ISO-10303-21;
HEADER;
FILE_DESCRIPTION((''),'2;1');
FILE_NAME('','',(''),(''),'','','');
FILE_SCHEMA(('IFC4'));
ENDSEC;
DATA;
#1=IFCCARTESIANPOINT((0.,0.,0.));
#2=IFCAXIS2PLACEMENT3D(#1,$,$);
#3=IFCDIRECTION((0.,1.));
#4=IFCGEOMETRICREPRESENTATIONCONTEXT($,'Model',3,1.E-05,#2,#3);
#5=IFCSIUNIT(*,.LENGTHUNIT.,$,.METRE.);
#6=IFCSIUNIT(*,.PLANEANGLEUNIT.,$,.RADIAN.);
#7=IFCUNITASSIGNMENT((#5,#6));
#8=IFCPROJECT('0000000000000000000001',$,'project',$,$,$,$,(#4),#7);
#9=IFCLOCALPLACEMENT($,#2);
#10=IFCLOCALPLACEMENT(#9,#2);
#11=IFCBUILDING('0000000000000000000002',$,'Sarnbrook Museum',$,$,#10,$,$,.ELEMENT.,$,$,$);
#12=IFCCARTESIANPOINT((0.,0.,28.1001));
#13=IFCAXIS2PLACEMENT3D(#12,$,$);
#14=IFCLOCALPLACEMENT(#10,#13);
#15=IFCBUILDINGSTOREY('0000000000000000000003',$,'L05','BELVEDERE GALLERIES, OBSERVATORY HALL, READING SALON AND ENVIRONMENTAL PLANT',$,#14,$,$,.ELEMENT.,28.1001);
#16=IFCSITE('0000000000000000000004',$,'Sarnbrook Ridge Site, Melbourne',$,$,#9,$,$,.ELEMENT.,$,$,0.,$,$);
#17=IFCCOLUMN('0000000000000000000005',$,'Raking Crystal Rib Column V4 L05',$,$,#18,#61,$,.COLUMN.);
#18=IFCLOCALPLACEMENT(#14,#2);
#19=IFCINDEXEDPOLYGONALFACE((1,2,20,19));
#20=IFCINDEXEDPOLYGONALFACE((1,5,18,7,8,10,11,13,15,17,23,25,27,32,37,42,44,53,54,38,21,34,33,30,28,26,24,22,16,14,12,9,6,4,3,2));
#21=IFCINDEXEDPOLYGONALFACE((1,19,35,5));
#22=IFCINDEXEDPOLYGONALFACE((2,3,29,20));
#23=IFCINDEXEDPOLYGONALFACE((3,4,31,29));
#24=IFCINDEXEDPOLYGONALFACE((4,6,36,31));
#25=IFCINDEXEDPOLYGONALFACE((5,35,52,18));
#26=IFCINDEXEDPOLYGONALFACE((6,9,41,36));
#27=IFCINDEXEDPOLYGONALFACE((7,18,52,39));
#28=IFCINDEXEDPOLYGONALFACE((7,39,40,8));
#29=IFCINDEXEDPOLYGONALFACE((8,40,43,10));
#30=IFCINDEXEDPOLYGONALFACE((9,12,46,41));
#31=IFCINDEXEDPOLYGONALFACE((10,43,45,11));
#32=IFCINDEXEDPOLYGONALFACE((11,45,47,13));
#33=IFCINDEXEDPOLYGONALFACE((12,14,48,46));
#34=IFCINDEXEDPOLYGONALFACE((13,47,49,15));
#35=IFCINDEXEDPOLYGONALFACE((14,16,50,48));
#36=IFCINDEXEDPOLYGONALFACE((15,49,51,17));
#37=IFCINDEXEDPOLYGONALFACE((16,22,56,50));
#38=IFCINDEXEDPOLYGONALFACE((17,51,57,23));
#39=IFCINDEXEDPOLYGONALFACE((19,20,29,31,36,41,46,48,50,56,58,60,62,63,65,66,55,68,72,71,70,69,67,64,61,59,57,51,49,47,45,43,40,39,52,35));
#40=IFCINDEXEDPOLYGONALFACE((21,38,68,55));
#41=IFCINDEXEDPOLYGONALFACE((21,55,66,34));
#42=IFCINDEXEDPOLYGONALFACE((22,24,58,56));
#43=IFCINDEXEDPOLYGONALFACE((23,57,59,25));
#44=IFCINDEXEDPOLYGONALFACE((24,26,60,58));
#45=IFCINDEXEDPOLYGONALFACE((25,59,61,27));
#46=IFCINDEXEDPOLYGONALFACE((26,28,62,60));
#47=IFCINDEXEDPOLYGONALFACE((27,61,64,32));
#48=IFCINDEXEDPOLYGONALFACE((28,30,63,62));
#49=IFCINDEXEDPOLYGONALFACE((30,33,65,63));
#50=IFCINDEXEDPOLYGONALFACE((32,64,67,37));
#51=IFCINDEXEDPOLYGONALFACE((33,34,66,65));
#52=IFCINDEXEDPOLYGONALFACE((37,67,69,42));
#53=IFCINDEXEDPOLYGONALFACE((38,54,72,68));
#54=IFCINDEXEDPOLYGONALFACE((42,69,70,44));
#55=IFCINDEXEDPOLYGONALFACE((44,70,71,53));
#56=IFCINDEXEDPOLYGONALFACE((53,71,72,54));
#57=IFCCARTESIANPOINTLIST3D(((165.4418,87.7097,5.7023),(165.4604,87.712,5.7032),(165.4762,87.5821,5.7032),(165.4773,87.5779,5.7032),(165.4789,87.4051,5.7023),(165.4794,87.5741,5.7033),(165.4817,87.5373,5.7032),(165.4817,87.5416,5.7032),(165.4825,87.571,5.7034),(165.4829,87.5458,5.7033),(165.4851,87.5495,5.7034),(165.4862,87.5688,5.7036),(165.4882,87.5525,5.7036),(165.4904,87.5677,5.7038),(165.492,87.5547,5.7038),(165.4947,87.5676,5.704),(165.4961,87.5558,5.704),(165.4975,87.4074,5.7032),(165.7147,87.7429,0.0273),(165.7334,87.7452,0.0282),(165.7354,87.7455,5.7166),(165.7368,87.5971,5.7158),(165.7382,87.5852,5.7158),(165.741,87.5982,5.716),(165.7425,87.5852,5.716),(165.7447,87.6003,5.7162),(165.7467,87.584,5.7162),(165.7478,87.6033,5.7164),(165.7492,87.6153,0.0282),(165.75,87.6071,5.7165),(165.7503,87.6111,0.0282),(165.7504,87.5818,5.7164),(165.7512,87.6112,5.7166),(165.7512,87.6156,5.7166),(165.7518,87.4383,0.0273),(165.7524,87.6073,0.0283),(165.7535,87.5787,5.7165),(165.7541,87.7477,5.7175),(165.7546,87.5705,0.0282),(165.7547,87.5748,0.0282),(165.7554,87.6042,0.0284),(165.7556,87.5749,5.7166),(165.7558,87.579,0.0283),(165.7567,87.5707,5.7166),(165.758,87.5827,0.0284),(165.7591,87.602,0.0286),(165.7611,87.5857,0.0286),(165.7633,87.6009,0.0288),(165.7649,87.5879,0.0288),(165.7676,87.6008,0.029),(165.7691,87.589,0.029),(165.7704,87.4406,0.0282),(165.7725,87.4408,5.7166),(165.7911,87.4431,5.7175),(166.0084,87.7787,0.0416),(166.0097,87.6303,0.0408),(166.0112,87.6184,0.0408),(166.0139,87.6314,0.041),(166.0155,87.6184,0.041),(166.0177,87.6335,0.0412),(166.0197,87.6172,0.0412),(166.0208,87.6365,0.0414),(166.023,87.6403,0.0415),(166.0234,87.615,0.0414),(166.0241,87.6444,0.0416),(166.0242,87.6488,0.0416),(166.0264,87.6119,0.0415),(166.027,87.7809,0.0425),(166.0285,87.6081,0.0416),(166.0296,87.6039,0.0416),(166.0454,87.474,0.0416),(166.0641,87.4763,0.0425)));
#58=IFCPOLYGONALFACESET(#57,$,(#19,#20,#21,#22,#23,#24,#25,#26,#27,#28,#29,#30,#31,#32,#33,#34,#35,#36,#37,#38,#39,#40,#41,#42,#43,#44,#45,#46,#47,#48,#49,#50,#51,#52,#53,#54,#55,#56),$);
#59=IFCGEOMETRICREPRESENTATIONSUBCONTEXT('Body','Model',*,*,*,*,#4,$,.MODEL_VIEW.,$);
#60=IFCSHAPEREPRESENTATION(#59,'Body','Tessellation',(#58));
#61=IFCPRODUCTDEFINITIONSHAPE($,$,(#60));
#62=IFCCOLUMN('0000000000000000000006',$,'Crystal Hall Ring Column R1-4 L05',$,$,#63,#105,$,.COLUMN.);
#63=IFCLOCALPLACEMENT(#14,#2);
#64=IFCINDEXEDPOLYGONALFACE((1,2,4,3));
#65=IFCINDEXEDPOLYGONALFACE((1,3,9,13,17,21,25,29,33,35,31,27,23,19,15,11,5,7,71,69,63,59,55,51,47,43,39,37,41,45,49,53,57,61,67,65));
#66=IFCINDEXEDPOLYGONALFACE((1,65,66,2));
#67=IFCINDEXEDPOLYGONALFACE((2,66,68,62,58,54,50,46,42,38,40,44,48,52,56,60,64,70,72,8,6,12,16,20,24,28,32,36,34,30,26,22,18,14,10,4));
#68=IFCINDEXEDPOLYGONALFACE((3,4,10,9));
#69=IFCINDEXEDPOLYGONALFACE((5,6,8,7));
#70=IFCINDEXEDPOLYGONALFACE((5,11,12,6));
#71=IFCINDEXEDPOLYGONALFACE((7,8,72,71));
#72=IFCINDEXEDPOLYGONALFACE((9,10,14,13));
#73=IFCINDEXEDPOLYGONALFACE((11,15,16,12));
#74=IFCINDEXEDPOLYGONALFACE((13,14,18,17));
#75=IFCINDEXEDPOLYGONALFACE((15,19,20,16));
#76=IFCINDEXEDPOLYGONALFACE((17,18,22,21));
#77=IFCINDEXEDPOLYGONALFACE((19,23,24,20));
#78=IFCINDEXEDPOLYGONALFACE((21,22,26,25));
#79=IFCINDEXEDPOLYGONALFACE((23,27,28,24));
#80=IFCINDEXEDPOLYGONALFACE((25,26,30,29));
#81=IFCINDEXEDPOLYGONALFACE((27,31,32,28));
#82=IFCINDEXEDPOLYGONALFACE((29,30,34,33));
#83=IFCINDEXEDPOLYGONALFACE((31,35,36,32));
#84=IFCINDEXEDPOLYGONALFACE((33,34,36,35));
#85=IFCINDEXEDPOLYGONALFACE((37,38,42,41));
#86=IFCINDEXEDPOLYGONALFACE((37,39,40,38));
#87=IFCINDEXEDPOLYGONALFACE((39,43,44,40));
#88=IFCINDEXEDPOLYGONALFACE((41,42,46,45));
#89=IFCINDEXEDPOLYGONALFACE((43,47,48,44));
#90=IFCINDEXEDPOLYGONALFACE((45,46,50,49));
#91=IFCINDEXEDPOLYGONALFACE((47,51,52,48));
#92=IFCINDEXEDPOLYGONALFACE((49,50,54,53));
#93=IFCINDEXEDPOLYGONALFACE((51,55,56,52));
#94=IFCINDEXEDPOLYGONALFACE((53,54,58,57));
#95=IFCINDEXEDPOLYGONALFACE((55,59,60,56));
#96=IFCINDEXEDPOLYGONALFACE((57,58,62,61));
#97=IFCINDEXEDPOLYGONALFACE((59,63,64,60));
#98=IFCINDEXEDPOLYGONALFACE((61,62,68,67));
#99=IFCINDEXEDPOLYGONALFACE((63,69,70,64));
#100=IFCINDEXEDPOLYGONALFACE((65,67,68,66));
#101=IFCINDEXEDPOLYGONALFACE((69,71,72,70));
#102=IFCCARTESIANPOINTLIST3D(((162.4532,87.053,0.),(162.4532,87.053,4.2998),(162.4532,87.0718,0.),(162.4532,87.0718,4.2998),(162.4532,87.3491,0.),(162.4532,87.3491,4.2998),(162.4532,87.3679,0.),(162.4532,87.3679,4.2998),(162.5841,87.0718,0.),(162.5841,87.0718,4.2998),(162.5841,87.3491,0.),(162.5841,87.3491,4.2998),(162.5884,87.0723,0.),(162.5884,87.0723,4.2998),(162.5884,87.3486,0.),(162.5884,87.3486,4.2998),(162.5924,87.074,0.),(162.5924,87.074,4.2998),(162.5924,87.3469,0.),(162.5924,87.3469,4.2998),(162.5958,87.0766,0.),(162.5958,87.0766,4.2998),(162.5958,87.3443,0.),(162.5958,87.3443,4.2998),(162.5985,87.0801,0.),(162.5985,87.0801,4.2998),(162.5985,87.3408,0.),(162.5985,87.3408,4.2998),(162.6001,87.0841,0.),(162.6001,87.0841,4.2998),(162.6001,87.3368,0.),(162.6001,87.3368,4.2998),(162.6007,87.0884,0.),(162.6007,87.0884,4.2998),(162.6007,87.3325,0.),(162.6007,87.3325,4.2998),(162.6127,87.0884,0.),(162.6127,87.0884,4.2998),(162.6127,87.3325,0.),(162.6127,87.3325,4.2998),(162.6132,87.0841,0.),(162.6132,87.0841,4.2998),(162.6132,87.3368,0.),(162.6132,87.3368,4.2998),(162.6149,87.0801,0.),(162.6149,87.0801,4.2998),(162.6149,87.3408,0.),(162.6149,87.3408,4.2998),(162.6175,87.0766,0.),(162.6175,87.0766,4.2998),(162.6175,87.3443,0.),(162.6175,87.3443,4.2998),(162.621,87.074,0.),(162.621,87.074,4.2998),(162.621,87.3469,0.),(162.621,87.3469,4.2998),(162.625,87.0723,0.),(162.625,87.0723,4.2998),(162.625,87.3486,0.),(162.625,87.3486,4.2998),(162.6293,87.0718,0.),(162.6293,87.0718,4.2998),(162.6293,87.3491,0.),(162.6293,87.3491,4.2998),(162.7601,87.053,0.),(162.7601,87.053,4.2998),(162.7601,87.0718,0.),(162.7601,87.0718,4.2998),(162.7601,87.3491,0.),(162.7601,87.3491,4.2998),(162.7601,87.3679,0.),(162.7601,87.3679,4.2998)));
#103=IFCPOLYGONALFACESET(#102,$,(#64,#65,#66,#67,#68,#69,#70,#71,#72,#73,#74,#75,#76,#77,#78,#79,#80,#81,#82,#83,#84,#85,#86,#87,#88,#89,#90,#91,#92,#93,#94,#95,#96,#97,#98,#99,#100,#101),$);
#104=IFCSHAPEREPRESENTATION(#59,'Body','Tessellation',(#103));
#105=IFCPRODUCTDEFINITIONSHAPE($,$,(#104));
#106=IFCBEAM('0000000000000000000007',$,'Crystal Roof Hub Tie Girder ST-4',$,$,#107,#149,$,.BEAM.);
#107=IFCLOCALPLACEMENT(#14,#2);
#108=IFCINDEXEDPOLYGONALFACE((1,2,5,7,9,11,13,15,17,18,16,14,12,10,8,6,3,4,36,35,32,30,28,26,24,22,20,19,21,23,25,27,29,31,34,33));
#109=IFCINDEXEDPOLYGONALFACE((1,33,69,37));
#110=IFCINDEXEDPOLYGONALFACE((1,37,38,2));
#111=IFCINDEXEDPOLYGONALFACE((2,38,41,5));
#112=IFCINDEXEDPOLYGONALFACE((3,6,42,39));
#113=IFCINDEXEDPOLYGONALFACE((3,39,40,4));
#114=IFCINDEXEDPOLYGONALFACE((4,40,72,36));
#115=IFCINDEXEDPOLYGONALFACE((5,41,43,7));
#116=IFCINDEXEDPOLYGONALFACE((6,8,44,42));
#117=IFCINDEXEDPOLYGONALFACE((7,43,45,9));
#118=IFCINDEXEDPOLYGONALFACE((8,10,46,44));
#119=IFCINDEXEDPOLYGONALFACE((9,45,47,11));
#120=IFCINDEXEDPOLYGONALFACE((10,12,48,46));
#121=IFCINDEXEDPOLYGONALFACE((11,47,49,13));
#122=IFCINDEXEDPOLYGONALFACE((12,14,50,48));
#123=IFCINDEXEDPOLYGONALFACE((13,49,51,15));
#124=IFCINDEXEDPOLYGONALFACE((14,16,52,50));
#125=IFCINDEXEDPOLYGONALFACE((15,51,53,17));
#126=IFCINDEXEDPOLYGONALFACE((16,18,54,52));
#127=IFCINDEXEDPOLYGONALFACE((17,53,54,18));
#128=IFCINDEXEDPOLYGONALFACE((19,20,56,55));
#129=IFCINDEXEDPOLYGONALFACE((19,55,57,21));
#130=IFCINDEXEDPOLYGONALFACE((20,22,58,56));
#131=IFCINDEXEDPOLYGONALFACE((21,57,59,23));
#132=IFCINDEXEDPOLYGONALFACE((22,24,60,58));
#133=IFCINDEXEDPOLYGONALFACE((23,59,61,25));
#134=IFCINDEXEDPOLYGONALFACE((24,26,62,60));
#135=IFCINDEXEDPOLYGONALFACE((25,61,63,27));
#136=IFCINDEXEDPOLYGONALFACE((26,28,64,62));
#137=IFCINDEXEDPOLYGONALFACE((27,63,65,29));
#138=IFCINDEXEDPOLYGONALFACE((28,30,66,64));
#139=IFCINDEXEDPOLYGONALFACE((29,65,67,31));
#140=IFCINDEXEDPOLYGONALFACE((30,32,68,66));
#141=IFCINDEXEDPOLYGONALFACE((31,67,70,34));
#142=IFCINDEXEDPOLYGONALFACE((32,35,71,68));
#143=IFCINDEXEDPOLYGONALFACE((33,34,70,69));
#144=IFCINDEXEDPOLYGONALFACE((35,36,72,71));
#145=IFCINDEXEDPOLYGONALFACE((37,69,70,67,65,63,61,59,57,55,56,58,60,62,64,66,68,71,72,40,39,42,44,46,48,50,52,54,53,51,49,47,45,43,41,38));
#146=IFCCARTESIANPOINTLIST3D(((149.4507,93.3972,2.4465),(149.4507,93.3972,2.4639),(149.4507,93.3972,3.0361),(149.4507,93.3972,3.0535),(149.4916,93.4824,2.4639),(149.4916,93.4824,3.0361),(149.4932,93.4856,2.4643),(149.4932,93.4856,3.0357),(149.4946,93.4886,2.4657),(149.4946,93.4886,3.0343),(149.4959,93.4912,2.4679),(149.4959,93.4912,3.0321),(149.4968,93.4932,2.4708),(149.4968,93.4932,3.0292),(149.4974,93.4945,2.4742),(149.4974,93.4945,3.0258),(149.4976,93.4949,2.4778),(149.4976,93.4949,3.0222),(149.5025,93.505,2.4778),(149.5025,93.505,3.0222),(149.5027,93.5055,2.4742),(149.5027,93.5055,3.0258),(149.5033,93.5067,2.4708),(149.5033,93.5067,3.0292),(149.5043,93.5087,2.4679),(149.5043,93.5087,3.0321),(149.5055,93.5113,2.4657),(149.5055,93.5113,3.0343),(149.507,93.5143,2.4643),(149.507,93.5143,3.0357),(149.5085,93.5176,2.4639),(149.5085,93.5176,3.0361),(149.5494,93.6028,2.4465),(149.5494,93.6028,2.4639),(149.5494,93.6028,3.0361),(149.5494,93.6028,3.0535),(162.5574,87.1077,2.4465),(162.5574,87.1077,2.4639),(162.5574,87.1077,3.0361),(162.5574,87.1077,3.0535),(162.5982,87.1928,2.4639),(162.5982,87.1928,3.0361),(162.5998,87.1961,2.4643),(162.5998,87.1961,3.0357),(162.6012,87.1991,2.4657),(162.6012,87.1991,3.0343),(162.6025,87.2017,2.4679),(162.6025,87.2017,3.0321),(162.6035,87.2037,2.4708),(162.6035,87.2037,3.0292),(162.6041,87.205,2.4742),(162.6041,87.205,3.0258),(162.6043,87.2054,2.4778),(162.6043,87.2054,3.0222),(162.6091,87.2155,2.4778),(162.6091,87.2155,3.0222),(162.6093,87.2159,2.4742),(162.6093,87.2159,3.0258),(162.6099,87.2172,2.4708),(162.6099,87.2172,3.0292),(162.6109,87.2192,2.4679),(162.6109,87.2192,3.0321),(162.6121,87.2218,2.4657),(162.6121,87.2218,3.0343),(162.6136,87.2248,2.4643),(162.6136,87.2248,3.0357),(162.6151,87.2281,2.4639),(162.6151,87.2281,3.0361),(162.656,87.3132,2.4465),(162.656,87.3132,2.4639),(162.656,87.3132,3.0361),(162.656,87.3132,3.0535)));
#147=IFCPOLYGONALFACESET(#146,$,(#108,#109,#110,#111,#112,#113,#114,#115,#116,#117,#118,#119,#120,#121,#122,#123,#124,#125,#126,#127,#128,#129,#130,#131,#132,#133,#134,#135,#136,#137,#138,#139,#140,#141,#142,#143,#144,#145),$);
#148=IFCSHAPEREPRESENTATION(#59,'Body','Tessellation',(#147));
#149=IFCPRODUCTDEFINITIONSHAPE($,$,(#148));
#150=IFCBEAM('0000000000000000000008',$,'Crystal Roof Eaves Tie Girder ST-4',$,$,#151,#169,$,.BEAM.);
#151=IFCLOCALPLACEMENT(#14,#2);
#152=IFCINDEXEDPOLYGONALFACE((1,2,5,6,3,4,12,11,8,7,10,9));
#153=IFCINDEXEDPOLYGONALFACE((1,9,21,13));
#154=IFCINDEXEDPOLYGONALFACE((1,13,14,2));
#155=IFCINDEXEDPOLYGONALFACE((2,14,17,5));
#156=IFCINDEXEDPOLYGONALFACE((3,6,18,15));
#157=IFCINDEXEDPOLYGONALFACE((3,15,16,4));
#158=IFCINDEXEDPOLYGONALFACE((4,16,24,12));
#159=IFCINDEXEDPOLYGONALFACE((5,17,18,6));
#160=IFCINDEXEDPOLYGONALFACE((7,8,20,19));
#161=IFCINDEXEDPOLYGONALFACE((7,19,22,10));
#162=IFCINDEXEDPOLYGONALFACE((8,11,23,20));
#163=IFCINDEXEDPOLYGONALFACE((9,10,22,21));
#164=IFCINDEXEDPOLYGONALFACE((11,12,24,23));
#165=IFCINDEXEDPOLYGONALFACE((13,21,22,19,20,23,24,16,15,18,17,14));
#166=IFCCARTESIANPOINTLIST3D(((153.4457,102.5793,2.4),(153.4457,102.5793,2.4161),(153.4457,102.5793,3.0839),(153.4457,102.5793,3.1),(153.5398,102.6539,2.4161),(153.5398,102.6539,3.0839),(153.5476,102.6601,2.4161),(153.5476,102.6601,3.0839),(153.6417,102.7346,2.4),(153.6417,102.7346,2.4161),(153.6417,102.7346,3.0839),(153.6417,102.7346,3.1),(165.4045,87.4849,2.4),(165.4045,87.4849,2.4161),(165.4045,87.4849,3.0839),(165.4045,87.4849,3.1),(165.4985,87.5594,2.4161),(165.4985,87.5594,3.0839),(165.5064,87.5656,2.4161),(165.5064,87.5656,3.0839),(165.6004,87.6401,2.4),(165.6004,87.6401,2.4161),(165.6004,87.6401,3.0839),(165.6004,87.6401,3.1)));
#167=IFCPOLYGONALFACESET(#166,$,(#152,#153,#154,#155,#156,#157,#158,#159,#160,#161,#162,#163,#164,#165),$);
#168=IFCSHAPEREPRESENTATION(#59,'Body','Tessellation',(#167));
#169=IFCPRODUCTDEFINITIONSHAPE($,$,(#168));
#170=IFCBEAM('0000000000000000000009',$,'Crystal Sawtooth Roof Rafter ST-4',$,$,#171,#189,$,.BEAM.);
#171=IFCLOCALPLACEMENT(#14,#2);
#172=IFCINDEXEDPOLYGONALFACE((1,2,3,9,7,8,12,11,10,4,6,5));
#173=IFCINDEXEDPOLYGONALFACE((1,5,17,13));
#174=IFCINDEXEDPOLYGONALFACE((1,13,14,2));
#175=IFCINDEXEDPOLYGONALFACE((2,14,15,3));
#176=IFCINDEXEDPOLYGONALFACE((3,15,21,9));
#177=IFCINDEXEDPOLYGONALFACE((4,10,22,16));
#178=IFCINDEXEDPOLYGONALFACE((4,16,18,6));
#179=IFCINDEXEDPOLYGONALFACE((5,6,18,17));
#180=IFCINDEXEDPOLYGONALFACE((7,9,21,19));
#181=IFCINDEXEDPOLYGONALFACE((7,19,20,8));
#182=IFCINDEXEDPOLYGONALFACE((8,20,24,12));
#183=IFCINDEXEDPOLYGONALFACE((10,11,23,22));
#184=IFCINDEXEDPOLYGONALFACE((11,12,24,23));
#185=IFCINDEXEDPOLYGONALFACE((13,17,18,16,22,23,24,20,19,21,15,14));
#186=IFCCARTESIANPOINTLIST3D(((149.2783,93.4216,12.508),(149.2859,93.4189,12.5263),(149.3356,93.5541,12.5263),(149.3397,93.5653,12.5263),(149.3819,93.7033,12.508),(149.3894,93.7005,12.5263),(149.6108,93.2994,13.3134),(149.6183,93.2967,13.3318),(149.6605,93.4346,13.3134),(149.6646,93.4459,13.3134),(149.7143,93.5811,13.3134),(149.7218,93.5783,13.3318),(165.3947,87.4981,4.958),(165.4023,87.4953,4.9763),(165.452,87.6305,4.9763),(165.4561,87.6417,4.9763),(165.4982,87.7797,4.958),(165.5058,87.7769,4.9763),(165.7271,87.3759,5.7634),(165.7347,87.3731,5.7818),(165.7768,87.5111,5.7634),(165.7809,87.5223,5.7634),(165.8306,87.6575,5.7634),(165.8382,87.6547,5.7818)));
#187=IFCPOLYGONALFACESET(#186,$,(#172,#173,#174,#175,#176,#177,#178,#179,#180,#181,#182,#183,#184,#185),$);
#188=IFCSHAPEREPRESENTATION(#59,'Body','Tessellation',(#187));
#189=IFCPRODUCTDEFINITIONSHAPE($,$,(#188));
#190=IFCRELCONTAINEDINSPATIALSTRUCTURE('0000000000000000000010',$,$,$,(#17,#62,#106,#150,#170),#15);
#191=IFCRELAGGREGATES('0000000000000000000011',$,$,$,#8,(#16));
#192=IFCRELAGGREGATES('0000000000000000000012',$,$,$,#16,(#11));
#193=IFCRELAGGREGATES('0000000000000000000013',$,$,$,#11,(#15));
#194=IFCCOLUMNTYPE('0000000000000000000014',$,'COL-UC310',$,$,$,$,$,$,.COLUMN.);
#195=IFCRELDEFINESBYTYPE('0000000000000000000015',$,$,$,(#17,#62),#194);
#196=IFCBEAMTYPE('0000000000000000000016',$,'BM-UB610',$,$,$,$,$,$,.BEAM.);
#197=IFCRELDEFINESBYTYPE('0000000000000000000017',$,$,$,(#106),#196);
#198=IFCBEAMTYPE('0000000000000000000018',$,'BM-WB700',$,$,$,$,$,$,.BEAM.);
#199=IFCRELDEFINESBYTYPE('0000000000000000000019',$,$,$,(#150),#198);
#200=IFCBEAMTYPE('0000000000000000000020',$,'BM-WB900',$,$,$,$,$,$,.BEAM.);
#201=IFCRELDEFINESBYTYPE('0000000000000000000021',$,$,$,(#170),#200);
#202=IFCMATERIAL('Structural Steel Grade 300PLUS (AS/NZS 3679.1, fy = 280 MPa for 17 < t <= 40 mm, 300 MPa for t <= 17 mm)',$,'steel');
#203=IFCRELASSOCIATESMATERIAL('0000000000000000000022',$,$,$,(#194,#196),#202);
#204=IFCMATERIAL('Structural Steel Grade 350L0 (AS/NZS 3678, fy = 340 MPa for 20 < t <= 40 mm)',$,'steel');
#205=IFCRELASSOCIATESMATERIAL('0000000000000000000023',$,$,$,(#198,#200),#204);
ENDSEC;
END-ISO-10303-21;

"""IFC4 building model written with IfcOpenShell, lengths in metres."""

from ifc_helpers import new_model, si_unit, direction, frame, origin, origin_2d, place, context, subcontext, project, spatial, i_section, extrude, material, material_profile, profile_set, type_object, element, save


model = new_model("IFC4")

# Units and contexts
model_context = context("Model", 3, precision=1e-05, world=origin(), true_north=direction((0.0, 1.0)))
body_context = subcontext(model_context, "Body", "Model", "MODEL_VIEW")
ifc_project = project(units=[si_unit("LENGTHUNIT", "METRE"), si_unit("PLANEANGLEUNIT", "RADIAN")], contexts=[model_context])

# Site, building, storey
site_placement = place(None, origin())
site = spatial("IfcSite", under=ifc_project, at=site_placement, Name="Sarnbrook Ridge Site, Melbourne", CompositionType="ELEMENT", RefElevation=0.0)
building_placement = place(site_placement, origin())
building = spatial("IfcBuilding", under=site, at=building_placement, Name="Sarnbrook Museum", CompositionType="ELEMENT")
storey_placement = place(building_placement, frame((0.0, 0.0, 28.1001)))
storey = spatial("IfcBuildingStorey", under=building, at=storey_placement, Name="L05", Description="BELVEDERE GALLERIES, OBSERVATORY HALL, READING SALON AND ENVIRONMENTAL PLANT", CompositionType="ELEMENT", Elevation=28.1001)

# Columns
ifc_material_1 = material(Name="Structural Steel Grade 300PLUS (AS/NZS 3679.1, fy = 280 MPa for 17 < t <= 40 mm, 300 MPa for t <= 17 mm)", Category="steel")
ifc_material_profile_1 = material_profile(ifc_material_1, i_section(OverallWidth=0.3069, OverallDepth=0.3149, WebThickness=0.012, FlangeThickness=0.0188, FilletRadius=0.0166, at=origin_2d()), Name="310UC118")
ifc_profile_set_1 = profile_set([ifc_material_profile_1], Name="Structural Steel Grade 300PLUS (AS/NZS 3679.1, fy = 280 MPa for 17 < t <= 40 mm, 300 MPa for t <= 17 mm)")
column_type = type_object("IfcColumnType", Name="COL-UC310", PredefinedType="COLUMN", material=ifc_profile_set_1)
column_1_placement = place(storey_placement, frame((165.8894, 87.6096, 0.0349), z_axis=(-0.04804, -0.005844, 0.998828), x_axis=(0.120756, -0.992682, 0.0)))
element("IfcColumn", 1, at=column_1_placement, inside=storey, type_object=column_type, Name="Raking Crystal Rib Column V4 L05", PredefinedType="COLUMN", context=body_context, shape_type="SweptSolid", body=[
    extrude(i_section(OverallWidth=0.3069, OverallDepth=0.3149, WebThickness=0.012, FlangeThickness=0.0188, FilletRadius=0.0166, at=origin_2d()), origin(), (0.0, 0.0, 1.0), 5.6816),
])
column_2_placement = place(storey_placement, frame((162.6067, 87.2104, 0.0), z_axis=(0.0, 0.0, 1.0), x_axis=(1.0, 0.0, 0.0)))
element("IfcColumn", 2, at=column_2_placement, inside=storey, type_object=column_type, Name="Crystal Hall Ring Column R1-4 L05", PredefinedType="COLUMN", context=body_context, shape_type="SweptSolid", body=[
    extrude(i_section(OverallWidth=0.3069, OverallDepth=0.3149, WebThickness=0.012, FlangeThickness=0.0188, FilletRadius=0.0166, at=origin_2d()), origin(), (0.0, 0.0, 1.0), 4.2998),
])

# Beams
ifc_material_profile_2 = material_profile(ifc_material_1, i_section(OverallWidth=0.228, OverallDepth=0.6069, WebThickness=0.0112, FlangeThickness=0.0173, FilletRadius=0.0139, at=origin_2d()), Name="610UB113")
ifc_profile_set_2 = profile_set([ifc_material_profile_2], Name="Structural Steel Grade 300PLUS (AS/NZS 3679.1, fy = 280 MPa for 17 < t <= 40 mm, 300 MPa for t <= 17 mm)")
beam_type_1 = type_object("IfcBeamType", Name="BM-UB610", PredefinedType="BEAM", material=ifc_profile_set_2)
beam_1_placement = place(storey_placement, frame((162.6067, 87.2104, 2.75), z_axis=(-0.901568, 0.432638, 0.0), x_axis=(-0.432638, -0.901568, 0.0)))
element("IfcBeam", 3, at=beam_1_placement, inside=storey, type_object=beam_type_1, Name="Crystal Roof Hub Tie Girder ST-4", PredefinedType="BEAM", context=body_context, shape_type="SweptSolid", body=[
    extrude(i_section(OverallWidth=0.228, OverallDepth=0.6069, WebThickness=0.0112, FlangeThickness=0.0173, FilletRadius=0.0139, at=origin_2d()), origin(), (0.0, 0.0, 1.0), 14.5376),
])
ifc_material_2 = material(Name="Structural Steel Grade 350L0 (AS/NZS 3678, fy = 340 MPa for 20 < t <= 40 mm)", Category="steel")
ifc_material_profile_3 = material_profile(ifc_material_2, i_section(OverallWidth=0.25, OverallDepth=0.7, WebThickness=0.01, FlangeThickness=0.0161, at=origin_2d()), Name="700WB130")
ifc_profile_set_3 = profile_set([ifc_material_profile_3], Name="Structural Steel Grade 350L0 (AS/NZS 3678, fy = 340 MPa for 20 < t <= 40 mm)")
beam_type_2 = type_object("IfcBeamType", Name="BM-WB700", PredefinedType="BEAM", material=ifc_profile_set_3)
beam_2_placement = place(storey_placement, frame((165.5024, 87.5625, 2.75), z_axis=(-0.620988, 0.78382, 0.0), x_axis=(-0.78382, -0.620988, 0.0)))
element("IfcBeam", 4, at=beam_2_placement, inside=storey, type_object=beam_type_2, Name="Crystal Roof Eaves Tie Girder ST-4", PredefinedType="BEAM", context=body_context, shape_type="SweptSolid", body=[
    extrude(i_section(OverallWidth=0.25, OverallDepth=0.7, WebThickness=0.01, FlangeThickness=0.0161, at=origin_2d()), origin(), (0.0, 0.0, 1.0), 19.2576),
])
ifc_material_profile_4 = material_profile(ifc_material_2, i_section(OverallWidth=0.3, OverallDepth=0.8999, WebThickness=0.012, FlangeThickness=0.02, at=origin_2d()), Name="900WB175")
ifc_profile_set_4 = profile_set([ifc_material_profile_4], Name="Structural Steel Grade 350L0 (AS/NZS 3678, fy = 340 MPa for 20 < t <= 40 mm)")
beam_type_3 = type_object("IfcBeamType", Name="BM-WB900", PredefinedType="BEAM", material=ifc_profile_set_4)
beam_3_placement = place(storey_placement, frame((165.6165, 87.5764, 5.3699), z_axis=(-0.859215, 0.315803, 0.402515), x_axis=(-0.344984, -0.938608, 0.0)))
element("IfcBeam", 5, at=beam_3_placement, inside=storey, type_object=beam_type_3, Name="Crystal Sawtooth Roof Rafter ST-4", PredefinedType="BEAM", context=body_context, shape_type="SweptSolid", body=[
    extrude(i_section(OverallWidth=0.3, OverallDepth=0.8999, WebThickness=0.012, FlangeThickness=0.02, at=origin_2d()), origin(), (0.0, 0.0, 1.0), 18.7571),
])

save(model, "model.ifc")
